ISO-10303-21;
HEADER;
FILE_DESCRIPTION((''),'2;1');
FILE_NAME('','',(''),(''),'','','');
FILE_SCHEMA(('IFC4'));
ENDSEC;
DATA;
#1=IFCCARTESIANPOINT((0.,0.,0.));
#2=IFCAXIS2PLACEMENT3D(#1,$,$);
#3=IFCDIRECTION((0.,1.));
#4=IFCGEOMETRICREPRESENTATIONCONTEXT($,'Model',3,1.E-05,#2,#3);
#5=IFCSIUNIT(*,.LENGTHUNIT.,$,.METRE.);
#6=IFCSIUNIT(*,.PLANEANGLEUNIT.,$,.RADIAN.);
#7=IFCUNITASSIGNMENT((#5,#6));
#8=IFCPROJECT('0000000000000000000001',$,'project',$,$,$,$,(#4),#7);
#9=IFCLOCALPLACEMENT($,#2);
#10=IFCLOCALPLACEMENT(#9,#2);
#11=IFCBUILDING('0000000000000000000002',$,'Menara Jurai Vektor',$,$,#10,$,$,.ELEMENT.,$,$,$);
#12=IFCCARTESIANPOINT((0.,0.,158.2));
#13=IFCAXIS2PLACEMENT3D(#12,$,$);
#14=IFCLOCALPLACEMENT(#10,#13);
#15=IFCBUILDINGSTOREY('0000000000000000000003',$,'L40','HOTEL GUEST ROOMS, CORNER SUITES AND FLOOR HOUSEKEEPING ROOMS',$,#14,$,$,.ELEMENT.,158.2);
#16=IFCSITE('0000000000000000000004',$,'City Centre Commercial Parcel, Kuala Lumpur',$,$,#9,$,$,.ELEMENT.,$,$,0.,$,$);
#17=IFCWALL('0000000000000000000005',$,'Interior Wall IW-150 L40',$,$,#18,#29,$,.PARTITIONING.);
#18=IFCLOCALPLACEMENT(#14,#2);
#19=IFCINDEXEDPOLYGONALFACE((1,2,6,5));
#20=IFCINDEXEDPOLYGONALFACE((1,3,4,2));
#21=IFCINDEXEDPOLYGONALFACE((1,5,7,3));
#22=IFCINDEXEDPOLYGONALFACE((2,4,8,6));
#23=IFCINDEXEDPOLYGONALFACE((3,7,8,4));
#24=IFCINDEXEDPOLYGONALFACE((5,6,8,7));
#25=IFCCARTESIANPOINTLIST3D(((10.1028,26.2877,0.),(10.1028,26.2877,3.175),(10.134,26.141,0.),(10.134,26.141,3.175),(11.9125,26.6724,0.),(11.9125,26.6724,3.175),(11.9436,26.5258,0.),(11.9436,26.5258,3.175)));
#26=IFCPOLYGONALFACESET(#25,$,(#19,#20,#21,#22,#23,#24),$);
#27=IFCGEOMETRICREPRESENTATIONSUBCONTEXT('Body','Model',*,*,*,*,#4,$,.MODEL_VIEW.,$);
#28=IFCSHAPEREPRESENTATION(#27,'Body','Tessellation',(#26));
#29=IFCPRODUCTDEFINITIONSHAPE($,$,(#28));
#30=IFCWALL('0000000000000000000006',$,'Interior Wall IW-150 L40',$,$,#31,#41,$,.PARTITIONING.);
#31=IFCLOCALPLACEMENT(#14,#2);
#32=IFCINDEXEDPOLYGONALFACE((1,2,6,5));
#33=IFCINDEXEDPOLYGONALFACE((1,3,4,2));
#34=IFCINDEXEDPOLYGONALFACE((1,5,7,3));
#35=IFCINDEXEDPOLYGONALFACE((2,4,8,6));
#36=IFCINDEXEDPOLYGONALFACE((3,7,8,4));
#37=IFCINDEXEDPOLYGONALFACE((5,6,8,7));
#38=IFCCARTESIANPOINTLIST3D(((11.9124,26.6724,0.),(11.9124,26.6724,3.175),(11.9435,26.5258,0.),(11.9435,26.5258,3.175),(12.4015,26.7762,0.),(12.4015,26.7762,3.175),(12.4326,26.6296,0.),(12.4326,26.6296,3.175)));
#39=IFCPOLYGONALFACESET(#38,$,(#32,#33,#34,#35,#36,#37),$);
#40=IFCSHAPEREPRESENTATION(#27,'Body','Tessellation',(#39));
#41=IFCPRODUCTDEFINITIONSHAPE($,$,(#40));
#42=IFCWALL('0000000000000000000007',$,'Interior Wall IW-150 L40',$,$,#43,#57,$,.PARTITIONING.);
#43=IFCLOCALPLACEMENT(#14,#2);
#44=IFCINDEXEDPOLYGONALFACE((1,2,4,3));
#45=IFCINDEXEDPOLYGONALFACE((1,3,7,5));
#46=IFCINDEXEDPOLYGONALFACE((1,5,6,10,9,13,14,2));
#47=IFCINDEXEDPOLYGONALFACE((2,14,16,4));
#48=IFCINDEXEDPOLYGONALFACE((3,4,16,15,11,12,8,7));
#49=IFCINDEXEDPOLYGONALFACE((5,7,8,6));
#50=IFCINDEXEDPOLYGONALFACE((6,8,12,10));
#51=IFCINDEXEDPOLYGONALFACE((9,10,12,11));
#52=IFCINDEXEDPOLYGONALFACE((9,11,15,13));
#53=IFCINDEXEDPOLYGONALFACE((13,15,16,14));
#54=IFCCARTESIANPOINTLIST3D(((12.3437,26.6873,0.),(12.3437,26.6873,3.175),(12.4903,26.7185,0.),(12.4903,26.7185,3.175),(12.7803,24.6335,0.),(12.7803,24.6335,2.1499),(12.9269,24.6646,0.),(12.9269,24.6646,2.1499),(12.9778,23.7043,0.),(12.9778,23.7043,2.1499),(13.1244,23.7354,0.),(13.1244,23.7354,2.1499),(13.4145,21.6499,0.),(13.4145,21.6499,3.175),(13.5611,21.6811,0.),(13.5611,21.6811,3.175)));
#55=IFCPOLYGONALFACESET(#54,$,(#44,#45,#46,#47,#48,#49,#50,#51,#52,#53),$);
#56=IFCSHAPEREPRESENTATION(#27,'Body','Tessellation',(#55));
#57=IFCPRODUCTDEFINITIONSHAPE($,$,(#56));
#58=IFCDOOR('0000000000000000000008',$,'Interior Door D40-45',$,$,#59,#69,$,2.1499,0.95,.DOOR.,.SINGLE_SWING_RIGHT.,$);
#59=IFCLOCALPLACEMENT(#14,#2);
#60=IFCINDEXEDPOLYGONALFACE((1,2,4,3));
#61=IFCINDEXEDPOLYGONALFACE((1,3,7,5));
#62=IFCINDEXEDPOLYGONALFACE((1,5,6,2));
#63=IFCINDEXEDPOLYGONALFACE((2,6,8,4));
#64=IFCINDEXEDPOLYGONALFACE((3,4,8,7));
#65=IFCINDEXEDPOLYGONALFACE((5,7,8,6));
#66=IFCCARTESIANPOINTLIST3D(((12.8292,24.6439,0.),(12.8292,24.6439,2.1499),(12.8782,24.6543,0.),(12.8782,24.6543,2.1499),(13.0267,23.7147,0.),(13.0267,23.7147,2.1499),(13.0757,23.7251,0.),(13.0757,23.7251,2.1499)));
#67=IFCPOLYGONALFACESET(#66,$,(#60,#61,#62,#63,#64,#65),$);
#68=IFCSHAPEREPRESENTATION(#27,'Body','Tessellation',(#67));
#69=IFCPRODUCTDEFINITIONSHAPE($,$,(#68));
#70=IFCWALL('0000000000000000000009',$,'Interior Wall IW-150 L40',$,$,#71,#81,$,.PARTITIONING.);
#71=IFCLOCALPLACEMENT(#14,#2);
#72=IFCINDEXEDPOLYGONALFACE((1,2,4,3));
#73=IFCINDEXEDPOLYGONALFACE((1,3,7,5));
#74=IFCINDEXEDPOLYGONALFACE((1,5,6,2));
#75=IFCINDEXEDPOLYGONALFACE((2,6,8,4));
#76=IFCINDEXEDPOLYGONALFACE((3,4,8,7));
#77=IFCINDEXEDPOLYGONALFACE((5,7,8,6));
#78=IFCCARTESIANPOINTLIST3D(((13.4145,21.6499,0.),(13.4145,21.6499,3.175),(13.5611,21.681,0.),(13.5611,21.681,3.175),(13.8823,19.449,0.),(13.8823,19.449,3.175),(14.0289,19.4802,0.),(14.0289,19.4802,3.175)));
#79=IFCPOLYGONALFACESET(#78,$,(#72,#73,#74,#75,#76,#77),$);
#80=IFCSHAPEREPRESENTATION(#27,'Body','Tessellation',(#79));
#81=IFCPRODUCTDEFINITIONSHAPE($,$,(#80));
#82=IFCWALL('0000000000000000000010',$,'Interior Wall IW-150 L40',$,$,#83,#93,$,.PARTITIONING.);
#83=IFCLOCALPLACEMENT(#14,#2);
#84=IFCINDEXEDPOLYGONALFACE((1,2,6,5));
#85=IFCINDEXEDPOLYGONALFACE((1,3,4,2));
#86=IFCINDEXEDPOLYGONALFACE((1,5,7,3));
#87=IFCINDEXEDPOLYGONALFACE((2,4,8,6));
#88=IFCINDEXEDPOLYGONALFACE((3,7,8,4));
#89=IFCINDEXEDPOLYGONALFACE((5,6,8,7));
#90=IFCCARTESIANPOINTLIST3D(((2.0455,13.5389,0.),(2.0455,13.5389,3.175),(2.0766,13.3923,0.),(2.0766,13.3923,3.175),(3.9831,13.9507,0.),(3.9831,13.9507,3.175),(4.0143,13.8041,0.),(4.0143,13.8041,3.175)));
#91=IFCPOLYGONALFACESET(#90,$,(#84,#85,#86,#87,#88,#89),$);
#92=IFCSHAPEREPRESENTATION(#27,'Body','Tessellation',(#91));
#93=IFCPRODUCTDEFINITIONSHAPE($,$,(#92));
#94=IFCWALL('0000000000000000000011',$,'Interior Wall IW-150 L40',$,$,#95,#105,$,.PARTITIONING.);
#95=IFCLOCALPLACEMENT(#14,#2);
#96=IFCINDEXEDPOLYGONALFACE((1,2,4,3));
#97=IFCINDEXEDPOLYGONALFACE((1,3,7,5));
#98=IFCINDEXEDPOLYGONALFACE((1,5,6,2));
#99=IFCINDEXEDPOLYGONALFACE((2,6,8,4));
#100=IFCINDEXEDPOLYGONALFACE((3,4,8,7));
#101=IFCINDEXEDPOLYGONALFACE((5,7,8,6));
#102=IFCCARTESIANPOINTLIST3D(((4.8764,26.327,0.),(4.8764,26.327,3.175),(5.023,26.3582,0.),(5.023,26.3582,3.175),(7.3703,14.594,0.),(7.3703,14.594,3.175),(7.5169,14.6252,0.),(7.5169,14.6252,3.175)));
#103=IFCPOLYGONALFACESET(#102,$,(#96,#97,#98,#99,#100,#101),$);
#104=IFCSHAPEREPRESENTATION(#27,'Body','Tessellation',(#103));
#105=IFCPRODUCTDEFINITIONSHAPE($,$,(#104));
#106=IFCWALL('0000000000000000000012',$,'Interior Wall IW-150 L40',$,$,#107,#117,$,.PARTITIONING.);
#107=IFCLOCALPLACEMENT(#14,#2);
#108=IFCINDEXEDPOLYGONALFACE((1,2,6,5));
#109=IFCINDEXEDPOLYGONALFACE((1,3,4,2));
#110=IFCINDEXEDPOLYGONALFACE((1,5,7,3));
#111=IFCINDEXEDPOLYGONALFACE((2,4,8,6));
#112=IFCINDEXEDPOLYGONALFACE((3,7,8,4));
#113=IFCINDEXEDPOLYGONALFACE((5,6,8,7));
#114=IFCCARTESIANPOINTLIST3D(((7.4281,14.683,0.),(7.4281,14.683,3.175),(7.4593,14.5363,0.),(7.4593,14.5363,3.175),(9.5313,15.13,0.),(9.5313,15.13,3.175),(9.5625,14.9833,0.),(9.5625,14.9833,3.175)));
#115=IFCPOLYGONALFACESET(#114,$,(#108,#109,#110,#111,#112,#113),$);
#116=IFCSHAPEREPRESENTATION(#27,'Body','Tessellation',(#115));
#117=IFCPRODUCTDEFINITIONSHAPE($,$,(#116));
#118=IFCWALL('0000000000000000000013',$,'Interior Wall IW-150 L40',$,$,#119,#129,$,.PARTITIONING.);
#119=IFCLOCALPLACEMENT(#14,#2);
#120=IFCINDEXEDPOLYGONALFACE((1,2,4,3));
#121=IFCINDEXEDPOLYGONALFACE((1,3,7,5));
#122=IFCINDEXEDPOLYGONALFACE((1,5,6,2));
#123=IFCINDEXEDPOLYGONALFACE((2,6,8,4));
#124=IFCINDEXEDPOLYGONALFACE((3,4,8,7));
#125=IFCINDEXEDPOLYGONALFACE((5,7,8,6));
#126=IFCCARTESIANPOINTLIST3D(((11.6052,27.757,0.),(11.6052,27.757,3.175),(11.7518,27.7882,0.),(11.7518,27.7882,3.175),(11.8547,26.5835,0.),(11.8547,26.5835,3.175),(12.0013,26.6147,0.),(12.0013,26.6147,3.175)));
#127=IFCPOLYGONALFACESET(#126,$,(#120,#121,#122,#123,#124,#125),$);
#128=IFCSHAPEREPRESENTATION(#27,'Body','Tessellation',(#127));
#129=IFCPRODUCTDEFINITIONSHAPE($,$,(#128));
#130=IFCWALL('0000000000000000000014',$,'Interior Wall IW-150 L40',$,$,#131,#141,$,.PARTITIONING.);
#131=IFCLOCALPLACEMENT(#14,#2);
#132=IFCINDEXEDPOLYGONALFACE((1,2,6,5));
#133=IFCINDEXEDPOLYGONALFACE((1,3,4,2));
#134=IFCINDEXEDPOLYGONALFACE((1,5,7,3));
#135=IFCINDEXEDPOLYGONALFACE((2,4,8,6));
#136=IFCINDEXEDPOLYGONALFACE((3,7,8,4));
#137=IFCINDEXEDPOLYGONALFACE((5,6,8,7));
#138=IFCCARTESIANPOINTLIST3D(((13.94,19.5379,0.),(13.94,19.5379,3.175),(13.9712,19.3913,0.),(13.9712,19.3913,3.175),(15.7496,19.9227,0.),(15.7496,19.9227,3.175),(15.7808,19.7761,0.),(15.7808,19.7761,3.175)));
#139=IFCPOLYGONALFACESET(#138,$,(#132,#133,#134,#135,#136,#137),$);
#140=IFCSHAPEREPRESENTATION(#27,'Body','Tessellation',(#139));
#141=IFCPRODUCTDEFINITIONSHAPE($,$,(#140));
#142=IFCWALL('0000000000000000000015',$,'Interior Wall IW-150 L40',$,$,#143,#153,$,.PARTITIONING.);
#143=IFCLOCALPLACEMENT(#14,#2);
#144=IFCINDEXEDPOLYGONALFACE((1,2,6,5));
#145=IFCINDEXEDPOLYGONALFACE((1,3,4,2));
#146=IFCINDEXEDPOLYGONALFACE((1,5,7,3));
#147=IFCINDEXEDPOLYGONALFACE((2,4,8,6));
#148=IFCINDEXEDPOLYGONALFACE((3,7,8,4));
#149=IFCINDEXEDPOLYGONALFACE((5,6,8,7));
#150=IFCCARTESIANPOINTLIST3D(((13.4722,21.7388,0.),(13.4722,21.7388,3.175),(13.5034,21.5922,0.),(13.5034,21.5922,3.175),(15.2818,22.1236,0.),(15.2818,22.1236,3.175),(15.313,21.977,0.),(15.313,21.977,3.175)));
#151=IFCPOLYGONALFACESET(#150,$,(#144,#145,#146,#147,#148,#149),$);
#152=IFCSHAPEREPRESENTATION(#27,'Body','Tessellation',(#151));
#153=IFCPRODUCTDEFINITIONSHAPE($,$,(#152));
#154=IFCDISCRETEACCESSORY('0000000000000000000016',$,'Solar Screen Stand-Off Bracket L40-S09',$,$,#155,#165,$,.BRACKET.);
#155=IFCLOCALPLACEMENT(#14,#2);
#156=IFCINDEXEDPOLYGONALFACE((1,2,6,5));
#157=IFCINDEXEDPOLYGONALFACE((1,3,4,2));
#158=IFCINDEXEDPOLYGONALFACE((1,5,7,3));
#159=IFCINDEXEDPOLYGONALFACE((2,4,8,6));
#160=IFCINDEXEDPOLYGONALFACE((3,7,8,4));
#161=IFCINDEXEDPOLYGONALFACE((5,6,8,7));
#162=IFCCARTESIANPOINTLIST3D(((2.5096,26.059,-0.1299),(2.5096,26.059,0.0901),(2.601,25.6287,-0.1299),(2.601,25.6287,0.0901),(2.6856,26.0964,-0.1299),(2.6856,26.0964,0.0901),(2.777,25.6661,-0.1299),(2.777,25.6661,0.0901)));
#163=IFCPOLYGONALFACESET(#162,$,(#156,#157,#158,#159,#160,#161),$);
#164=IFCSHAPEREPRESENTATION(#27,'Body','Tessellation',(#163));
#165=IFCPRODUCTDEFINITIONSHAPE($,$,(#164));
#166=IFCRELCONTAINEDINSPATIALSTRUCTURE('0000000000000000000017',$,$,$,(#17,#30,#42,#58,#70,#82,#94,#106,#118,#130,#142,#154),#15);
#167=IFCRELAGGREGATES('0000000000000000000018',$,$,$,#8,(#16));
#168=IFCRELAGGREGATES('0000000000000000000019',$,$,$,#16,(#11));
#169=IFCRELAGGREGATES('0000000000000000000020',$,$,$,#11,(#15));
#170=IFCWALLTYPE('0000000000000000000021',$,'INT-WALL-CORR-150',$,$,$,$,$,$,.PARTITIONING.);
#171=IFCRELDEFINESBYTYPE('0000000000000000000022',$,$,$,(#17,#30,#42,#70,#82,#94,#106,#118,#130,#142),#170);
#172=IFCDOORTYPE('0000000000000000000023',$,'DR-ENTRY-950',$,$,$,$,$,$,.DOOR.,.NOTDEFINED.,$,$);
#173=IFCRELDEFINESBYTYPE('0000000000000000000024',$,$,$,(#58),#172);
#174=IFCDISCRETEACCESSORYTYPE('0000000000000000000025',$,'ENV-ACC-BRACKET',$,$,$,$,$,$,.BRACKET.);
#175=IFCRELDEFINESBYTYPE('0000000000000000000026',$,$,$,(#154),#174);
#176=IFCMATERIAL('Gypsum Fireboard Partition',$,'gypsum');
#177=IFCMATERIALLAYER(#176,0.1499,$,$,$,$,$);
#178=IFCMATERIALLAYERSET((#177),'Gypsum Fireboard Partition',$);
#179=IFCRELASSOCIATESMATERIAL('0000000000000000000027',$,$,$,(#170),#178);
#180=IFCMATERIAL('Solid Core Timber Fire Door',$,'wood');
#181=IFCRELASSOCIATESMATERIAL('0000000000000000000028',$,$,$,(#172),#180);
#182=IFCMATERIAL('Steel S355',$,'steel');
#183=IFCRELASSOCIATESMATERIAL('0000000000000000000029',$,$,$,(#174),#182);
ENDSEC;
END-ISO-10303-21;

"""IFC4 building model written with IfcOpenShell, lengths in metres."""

from ifc_helpers import new_model, si_unit, direction, frame, frame_2d, origin, origin_2d, place, context, subcontext, project, spatial, rectangle, extrude, material, layer, layer_set, type_object, element, fill, save


model = new_model("IFC4")

# Units and contexts
model_context = context("Model", 3, precision=1e-05, world=origin(), true_north=direction((0.0, 1.0)))
body_context = subcontext(model_context, "Body", "Model", "MODEL_VIEW")
ifc_project = project(units=[si_unit("LENGTHUNIT", "METRE"), si_unit("PLANEANGLEUNIT", "RADIAN")], contexts=[model_context])

# Site, building, storey
site_placement = place(None, origin())
site = spatial("IfcSite", under=ifc_project, at=site_placement, Name="City Centre Commercial Parcel, Kuala Lumpur", CompositionType="ELEMENT", RefElevation=0.0)
building_placement = place(site_placement, origin())
building = spatial("IfcBuilding", under=site, at=building_placement, Name="Menara Jurai Vektor", CompositionType="ELEMENT")
storey_placement = place(building_placement, frame((0.0, 0.0, 158.2)))
storey = spatial("IfcBuildingStorey", under=building, at=storey_placement, Name="L40", Description="HOTEL GUEST ROOMS, CORNER SUITES AND FLOOR HOUSEKEEPING ROOMS", CompositionType="ELEMENT", Elevation=158.2)

# Shared definitions
ifc_material_1 = material(Name="Steel S355", Category="steel")

# Walls
ifc_material_2 = material(Name="Gypsum Fireboard Partition", Category="gypsum")
ifc_layer_1 = layer(ifc_material_2, 0.1499)
ifc_layer_set_1 = layer_set([ifc_layer_1], Name="Gypsum Fireboard Partition")
wall_type = type_object("IfcWallType", Name="INT-WALL-CORR-150", PredefinedType="PARTITIONING", material=ifc_layer_set_1)
wall_1_placement = place(storey_placement, frame((10.1184, 26.2144, 0.0), z_axis=(0.0, 0.0, 1.0), x_axis=(0.978133, 0.207979, 0.0)))
element("IfcWall", 1, at=wall_1_placement, inside=storey, type_object=wall_type, Name="Interior Wall IW-150 L40", PredefinedType="PARTITIONING", context=body_context, shape_type="SweptSolid", body=[
    extrude(rectangle(XDim=1.8501, YDim=0.1499, at=frame_2d((0.925, 0.0))), origin(), (0.0, 0.0, 1.0), 3.175),
])
wall_2_placement = place(storey_placement, frame((11.928, 26.5991, 0.0), z_axis=(0.0, 0.0, 1.0), x_axis=(0.978222, 0.207561, 0.0)))
element("IfcWall", 2, at=wall_2_placement, inside=storey, type_object=wall_type, Name="Interior Wall IW-150 L40", PredefinedType="PARTITIONING", context=body_context, shape_type="SweptSolid", body=[
    extrude(rectangle(XDim=0.5, YDim=0.1499, at=frame_2d((0.25, 0.0))), origin(), (0.0, 0.0, 1.0), 3.175),
])

# Wall, opening, door
wall_3_placement = place(storey_placement, frame((13.4878, 21.6655, 0.0), z_axis=(0.0, 0.0, 1.0), x_axis=(-0.207926, 0.978145, 0.0)))
wall_3 = element("IfcWall", 3, at=wall_3_placement, inside=storey, type_object=wall_type, Name="Interior Wall IW-150 L40", PredefinedType="PARTITIONING", context=body_context, shape_type="SweptSolid", body=[
    extrude(rectangle(XDim=5.1499, YDim=0.1499, at=frame_2d((2.575, 0.0))), origin(), (0.0, 0.0, 1.0), 3.175),
])
opening_placement = place(wall_3_placement, frame((2.1001, 0.0, 0.0)))
opening = element("IfcOpeningElement", 4, at=opening_placement, cuts=wall_3, PredefinedType="OPENING", context=body_context, shape_type="SweptSolid", body=[
    extrude(rectangle(XDim=0.95, YDim=2.1499, at=frame_2d((0.4751, 1.075))), frame((0.0, 0.085, 0.0), z_axis=(0.0, -1.0, 0.0), x_axis=(1.0, 0.0, 0.0)), (0.0, 0.0, 1.0), 0.1699),
])
ifc_material_3 = material(Name="Solid Core Timber Fire Door", Category="wood")
door_type = type_object("IfcDoorType", Name="DR-ENTRY-950", OperationType="NOTDEFINED", PredefinedType="DOOR", material=ifc_material_3)
door_placement = place(opening_placement, origin())
door = element("IfcDoor", 5, at=door_placement, inside=storey, type_object=door_type, Name="Interior Door D40-45", OperationType="SINGLE_SWING_RIGHT", OverallHeight=2.1499, OverallWidth=0.95, PredefinedType="DOOR", context=body_context, shape_type="SweptSolid", body=[
    extrude(rectangle(XDim=0.95, YDim=2.1499, at=frame_2d((0.4751, 1.075))), frame((0.0, 0.0249, 0.0), z_axis=(0.0, -1.0, 0.0), x_axis=(1.0, 0.0, 0.0)), (0.0, 0.0, 1.0), 0.05),
])
fill(opening, door)

# Walls
wall_4_placement = place(storey_placement, frame((13.9556, 19.4646, 0.0), z_axis=(0.0, 0.0, 1.0), x_axis=(-0.207891, 0.978152, 0.0)))
element("IfcWall", 6, at=wall_4_placement, inside=storey, type_object=wall_type, Name="Interior Wall IW-150 L40", PredefinedType="PARTITIONING", context=body_context, shape_type="SweptSolid", body=[
    extrude(rectangle(XDim=2.25, YDim=0.1499, at=frame_2d((1.125, 0.0))), origin(), (0.0, 0.0, 1.0), 3.175),
])
wall_5_placement = place(storey_placement, frame((2.061, 13.4656, 0.0), z_axis=(0.0, 0.0, 1.0), x_axis=(0.978149, 0.207904, 0.0)))
element("IfcWall", 7, at=wall_5_placement, inside=storey, type_object=wall_type, Name="Interior Wall IW-150 L40", PredefinedType="PARTITIONING", context=body_context, shape_type="SweptSolid", body=[
    extrude(rectangle(XDim=1.981, YDim=0.1499, at=frame_2d((0.9905, 0.0))), origin(), (0.0, 0.0, 1.0), 3.175),
])
wall_6_placement = place(storey_placement, frame((7.4436, 14.6096, 0.0), z_axis=(0.0, 0.0, 1.0), x_axis=(-0.207911, 0.978148, 0.0)))
element("IfcWall", 8, at=wall_6_placement, inside=storey, type_object=wall_type, Name="Interior Wall IW-150 L40", PredefinedType="PARTITIONING", context=body_context, shape_type="SweptSolid", body=[
    extrude(rectangle(XDim=11.9951, YDim=0.1499, at=frame_2d((5.9976, 0.0))), origin(), (0.0, 0.0, 1.0), 3.175),
])
wall_7_placement = place(storey_placement, frame((7.4436, 14.6096, 0.0), z_axis=(0.0, 0.0, 1.0), x_axis=(0.978152, 0.207893, 0.0)))
element("IfcWall", 9, at=wall_7_placement, inside=storey, type_object=wall_type, Name="Interior Wall IW-150 L40", PredefinedType="PARTITIONING", context=body_context, shape_type="SweptSolid", body=[
    extrude(rectangle(XDim=2.1501, YDim=0.1499, at=frame_2d((1.0752, 0.0))), origin(), (0.0, 0.0, 1.0), 3.175),
])
wall_8_placement = place(storey_placement, frame((11.928, 26.5991, 0.0), z_axis=(0.0, 0.0, 1.0), x_axis=(-0.207959, 0.978138, 0.0)))
element("IfcWall", 10, at=wall_8_placement, inside=storey, type_object=wall_type, Name="Interior Wall IW-150 L40", PredefinedType="PARTITIONING", context=body_context, shape_type="SweptSolid", body=[
    extrude(rectangle(XDim=1.1997, YDim=0.1499, at=frame_2d((0.5999, 0.0))), origin(), (0.0, 0.0, 1.0), 3.175),
])
for number, where, z_axis, x_axis, name in (
    (11, (13.9556, 19.4646, 0.0), (0.0, 0.0, 1.0), (0.978133, 0.207979, 0.0), "Interior Wall IW-150 L40"),
    (12, (13.4878, 21.6655, 0.0), (0.0, 0.0, 1.0), (0.978133, 0.207979, 0.0), "Interior Wall IW-150 L40"),
):
    element("IfcWall", number, at=place(storey_placement, frame(where, z_axis=z_axis, x_axis=x_axis)), inside=storey, type_object=wall_type, Name=name, PredefinedType="PARTITIONING", context=body_context, shape_type="SweptSolid", body=[
        extrude(rectangle(XDim=1.8501, YDim=0.1499, at=frame_2d((0.925, 0.0))), origin(), (0.0, 0.0, 1.0), 3.175),
    ])

# Discrete accessory
discrete_accessory_type = type_object("IfcDiscreteAccessoryType", Name="ENV-ACC-BRACKET", PredefinedType="BRACKET", material=ifc_material_1)
discrete_accessory_placement = place(storey_placement, frame((2.6433, 25.8625, -0.1299), z_axis=(0.0, 0.0, 1.0), x_axis=(-0.978148, -0.207912, 0.0)))
element("IfcDiscreteAccessory", 13, at=discrete_accessory_placement, inside=storey, type_object=discrete_accessory_type, Name="Solar Screen Stand-Off Bracket L40-S09", PredefinedType="BRACKET", context=body_context, shape_type="SweptSolid", body=[
    extrude(rectangle(XDim=0.1799, YDim=0.4399, at=origin_2d()), origin(), (0.0, 0.0, 1.0), 0.22),
])

save(model, "model.ifc")
